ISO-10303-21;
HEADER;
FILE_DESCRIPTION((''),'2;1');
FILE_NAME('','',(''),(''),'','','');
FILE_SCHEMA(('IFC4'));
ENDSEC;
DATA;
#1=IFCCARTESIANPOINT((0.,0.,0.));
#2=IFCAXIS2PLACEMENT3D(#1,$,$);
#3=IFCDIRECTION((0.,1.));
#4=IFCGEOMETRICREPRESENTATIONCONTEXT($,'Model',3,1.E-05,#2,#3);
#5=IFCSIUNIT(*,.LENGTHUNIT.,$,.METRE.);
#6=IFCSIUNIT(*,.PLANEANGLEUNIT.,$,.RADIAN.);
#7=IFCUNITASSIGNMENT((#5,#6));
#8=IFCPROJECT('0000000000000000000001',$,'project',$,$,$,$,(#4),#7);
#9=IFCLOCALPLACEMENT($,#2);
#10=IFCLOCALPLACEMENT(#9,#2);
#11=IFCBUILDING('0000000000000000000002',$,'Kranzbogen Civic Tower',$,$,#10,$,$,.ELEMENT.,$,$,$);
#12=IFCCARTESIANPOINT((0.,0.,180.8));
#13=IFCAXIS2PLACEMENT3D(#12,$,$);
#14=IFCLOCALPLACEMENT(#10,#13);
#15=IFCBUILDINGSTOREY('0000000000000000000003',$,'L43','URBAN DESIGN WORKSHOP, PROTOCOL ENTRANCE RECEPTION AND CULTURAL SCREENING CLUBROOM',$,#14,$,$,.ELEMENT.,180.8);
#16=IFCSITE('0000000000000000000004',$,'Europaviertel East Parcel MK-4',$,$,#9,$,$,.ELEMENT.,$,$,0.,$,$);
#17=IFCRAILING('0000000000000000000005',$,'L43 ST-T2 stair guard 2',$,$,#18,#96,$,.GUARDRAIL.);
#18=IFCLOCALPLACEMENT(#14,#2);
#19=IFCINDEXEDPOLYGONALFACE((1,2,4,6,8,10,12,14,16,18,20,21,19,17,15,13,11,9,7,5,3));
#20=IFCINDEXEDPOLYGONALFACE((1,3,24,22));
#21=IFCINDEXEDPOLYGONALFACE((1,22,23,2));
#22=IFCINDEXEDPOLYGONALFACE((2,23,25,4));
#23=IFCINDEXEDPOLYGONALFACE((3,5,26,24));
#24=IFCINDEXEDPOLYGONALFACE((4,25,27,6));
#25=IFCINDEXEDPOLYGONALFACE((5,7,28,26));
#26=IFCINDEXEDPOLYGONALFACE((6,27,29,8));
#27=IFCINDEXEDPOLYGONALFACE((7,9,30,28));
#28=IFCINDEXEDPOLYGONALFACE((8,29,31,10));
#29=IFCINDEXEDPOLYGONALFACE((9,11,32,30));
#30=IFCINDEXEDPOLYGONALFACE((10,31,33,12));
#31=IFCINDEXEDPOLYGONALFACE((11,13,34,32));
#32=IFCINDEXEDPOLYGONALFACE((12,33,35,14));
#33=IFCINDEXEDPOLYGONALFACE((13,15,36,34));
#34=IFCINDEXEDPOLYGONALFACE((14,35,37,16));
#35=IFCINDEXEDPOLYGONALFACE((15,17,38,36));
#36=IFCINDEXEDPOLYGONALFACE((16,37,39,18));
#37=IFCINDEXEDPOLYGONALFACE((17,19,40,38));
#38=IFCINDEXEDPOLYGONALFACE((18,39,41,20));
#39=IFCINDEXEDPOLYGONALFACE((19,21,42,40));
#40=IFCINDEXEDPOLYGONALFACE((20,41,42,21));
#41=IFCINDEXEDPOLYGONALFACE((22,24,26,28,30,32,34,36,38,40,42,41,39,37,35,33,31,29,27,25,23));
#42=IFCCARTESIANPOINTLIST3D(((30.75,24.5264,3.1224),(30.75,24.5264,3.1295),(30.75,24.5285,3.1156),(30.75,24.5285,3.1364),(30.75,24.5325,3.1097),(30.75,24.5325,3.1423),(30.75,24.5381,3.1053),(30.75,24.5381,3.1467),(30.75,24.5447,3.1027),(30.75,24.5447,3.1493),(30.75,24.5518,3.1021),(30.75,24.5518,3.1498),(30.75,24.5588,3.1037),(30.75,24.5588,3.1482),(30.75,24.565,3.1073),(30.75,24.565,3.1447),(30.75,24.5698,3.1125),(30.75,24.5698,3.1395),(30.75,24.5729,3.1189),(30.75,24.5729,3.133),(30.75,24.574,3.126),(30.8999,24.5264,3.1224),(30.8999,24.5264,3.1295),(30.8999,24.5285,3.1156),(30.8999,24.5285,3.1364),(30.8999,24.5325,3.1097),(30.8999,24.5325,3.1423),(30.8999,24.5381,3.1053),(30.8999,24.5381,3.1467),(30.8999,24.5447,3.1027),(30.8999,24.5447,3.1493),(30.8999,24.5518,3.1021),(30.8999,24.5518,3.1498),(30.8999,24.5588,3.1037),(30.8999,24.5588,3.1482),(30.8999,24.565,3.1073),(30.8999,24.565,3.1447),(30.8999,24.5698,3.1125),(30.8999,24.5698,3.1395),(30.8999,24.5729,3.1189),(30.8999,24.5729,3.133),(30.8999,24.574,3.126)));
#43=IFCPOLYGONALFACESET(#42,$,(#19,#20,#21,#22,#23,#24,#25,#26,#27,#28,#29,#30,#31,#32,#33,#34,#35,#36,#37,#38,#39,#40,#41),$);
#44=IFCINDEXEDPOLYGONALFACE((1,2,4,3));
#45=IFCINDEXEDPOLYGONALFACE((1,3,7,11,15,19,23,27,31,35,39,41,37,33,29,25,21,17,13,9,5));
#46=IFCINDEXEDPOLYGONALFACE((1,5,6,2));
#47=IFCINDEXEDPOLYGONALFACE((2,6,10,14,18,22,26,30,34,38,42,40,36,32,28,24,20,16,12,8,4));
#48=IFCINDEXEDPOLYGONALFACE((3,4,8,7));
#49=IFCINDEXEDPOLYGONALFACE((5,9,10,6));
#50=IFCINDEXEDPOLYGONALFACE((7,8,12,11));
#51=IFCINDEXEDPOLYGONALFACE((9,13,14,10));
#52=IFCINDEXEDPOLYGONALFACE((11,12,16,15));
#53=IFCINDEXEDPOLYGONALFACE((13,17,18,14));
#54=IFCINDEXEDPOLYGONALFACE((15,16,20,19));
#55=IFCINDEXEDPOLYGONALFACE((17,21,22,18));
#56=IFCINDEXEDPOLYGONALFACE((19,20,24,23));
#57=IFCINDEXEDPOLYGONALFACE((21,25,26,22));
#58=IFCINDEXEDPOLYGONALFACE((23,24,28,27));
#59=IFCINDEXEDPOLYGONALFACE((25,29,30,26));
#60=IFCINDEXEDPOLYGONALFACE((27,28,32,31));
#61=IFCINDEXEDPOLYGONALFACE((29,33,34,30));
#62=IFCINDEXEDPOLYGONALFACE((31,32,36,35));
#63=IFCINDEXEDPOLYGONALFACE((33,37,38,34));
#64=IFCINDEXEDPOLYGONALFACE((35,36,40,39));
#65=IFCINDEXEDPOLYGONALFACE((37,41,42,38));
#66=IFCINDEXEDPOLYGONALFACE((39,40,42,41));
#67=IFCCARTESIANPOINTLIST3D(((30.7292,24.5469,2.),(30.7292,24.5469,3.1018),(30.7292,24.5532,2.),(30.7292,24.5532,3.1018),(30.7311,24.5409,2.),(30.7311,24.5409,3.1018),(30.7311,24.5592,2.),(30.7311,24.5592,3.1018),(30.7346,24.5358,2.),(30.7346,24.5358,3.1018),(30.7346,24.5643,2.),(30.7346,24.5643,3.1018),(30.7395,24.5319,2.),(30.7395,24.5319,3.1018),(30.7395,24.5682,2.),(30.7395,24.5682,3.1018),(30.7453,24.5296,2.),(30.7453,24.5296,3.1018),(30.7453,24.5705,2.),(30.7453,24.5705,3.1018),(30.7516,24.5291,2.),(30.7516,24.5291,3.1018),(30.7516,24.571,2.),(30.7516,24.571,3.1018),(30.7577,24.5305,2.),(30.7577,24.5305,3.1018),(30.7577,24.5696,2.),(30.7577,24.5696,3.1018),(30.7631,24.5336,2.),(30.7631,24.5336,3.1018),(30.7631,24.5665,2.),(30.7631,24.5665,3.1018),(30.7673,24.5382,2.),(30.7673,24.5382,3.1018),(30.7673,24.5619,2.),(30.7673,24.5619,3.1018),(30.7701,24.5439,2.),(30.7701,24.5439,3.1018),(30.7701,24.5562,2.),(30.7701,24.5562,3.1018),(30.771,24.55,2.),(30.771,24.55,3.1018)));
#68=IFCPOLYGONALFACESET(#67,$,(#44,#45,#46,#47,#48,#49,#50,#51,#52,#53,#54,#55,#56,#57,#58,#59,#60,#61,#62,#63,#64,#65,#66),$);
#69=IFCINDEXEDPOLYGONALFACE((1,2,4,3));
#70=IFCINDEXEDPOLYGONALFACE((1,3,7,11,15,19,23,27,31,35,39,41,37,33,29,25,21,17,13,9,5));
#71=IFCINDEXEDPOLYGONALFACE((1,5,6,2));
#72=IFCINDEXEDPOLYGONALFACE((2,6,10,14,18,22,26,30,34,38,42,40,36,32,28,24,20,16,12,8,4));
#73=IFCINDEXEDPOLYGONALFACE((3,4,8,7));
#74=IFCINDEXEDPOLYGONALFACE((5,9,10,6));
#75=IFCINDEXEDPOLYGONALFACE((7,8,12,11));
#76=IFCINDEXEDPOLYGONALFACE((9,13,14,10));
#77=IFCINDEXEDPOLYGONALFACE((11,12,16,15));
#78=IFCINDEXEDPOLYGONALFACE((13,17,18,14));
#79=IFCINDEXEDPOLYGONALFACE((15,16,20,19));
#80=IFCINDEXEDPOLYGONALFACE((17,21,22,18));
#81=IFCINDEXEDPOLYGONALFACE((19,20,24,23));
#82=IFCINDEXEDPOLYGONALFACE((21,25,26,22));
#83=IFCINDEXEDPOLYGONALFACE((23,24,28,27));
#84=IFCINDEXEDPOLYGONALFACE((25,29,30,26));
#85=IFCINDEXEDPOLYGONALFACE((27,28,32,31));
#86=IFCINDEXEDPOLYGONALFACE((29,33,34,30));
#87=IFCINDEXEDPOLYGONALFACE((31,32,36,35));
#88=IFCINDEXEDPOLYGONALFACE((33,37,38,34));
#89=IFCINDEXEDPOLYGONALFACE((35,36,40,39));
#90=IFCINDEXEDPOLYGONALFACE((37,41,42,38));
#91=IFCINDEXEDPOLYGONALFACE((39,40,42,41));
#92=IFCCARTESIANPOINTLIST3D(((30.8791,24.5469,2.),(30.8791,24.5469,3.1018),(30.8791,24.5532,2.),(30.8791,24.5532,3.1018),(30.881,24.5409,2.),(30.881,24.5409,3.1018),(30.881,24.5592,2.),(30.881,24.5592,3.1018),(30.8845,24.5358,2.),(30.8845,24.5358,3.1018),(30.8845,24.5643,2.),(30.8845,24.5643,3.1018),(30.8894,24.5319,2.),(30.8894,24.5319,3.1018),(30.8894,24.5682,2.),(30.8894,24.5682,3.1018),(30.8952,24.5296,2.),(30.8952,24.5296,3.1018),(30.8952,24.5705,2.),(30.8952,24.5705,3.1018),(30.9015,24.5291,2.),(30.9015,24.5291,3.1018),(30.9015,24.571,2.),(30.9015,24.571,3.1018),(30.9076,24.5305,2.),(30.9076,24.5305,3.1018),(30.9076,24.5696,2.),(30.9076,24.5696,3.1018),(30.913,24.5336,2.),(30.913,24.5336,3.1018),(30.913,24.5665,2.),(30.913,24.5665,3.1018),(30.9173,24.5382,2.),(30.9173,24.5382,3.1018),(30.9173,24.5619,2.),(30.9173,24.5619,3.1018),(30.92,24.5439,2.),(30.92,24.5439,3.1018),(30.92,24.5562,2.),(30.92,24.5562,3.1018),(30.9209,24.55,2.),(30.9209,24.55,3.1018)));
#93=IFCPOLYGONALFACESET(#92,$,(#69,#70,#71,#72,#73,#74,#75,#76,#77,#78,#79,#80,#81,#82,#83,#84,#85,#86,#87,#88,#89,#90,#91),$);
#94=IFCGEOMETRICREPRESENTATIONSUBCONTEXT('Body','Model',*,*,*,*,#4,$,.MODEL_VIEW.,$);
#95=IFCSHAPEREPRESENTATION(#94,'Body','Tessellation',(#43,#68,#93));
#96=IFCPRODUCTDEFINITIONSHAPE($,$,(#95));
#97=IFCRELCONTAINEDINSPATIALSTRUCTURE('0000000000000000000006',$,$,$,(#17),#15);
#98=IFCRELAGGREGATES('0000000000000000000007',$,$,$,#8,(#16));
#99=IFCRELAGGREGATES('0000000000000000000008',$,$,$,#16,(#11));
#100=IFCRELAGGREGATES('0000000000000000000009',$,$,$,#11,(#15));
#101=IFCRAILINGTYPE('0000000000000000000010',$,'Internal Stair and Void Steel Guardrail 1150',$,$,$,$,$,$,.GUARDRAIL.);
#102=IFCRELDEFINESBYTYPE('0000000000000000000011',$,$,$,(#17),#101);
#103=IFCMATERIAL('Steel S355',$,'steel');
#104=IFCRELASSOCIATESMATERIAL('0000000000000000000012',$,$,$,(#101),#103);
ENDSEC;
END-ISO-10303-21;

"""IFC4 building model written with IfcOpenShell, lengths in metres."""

from ifc_helpers import new_model, si_unit, direction, frame, origin, origin_2d, place, context, subcontext, project, spatial, circle, extrude, material, type_object, element, save


model = new_model("IFC4")

# Units and contexts
model_context = context("Model", 3, precision=1e-05, world=origin(), true_north=direction((0.0, 1.0)))
body_context = subcontext(model_context, "Body", "Model", "MODEL_VIEW")
ifc_project = project(units=[si_unit("LENGTHUNIT", "METRE"), si_unit("PLANEANGLEUNIT", "RADIAN")], contexts=[model_context])

# Site, building, storey
site_placement = place(None, origin())
site = spatial("IfcSite", under=ifc_project, at=site_placement, Name="Europaviertel East Parcel MK-4", CompositionType="ELEMENT", RefElevation=0.0)
building_placement = place(site_placement, origin())
building = spatial("IfcBuilding", under=site, at=building_placement, Name="Kranzbogen Civic Tower", CompositionType="ELEMENT")
storey_placement = place(building_placement, frame((0.0, 0.0, 180.8)))
storey = spatial("IfcBuildingStorey", under=building, at=storey_placement, Name="L43", Description="URBAN DESIGN WORKSHOP, PROTOCOL ENTRANCE RECEPTION AND CULTURAL SCREENING CLUBROOM", CompositionType="ELEMENT", Elevation=180.8)

# Shared definitions
ifc_material_1 = material(Name="Steel S355", Category="steel")

# Railing
railing_type_1 = type_object("IfcRailingType", Name="Internal Stair and Void Steel Guardrail 1150", PredefinedType="GUARDRAIL", material=ifc_material_1)
railing_1_placement = place(storey_placement, frame((30.75, 24.55, 2.0)))
element("IfcRailing", 1, at=railing_1_placement, inside=storey, type_object=railing_type_1, Name="L43 ST-T2 stair guard 2", PredefinedType="GUARDRAIL", context=body_context, shape_type="SweptSolid", body=[
    extrude(circle(Radius=0.0239, at=origin_2d()), frame((0.0, 0.0, 1.126), z_axis=(1.0, 0.0, 0.0), x_axis=(0.0, 1.0, 0.0)), (0.0, 0.0, 1.0), 0.1499),
    extrude(circle(Radius=0.021, at=origin_2d()), origin(), (0.0, 0.0, 1.0), 1.1018),
    extrude(circle(Radius=0.021, at=origin_2d()), frame((0.1499, 0.0, 0.0)), (0.0, 0.0, 1.0), 1.1018),
])

save(model, "model.ifc")
